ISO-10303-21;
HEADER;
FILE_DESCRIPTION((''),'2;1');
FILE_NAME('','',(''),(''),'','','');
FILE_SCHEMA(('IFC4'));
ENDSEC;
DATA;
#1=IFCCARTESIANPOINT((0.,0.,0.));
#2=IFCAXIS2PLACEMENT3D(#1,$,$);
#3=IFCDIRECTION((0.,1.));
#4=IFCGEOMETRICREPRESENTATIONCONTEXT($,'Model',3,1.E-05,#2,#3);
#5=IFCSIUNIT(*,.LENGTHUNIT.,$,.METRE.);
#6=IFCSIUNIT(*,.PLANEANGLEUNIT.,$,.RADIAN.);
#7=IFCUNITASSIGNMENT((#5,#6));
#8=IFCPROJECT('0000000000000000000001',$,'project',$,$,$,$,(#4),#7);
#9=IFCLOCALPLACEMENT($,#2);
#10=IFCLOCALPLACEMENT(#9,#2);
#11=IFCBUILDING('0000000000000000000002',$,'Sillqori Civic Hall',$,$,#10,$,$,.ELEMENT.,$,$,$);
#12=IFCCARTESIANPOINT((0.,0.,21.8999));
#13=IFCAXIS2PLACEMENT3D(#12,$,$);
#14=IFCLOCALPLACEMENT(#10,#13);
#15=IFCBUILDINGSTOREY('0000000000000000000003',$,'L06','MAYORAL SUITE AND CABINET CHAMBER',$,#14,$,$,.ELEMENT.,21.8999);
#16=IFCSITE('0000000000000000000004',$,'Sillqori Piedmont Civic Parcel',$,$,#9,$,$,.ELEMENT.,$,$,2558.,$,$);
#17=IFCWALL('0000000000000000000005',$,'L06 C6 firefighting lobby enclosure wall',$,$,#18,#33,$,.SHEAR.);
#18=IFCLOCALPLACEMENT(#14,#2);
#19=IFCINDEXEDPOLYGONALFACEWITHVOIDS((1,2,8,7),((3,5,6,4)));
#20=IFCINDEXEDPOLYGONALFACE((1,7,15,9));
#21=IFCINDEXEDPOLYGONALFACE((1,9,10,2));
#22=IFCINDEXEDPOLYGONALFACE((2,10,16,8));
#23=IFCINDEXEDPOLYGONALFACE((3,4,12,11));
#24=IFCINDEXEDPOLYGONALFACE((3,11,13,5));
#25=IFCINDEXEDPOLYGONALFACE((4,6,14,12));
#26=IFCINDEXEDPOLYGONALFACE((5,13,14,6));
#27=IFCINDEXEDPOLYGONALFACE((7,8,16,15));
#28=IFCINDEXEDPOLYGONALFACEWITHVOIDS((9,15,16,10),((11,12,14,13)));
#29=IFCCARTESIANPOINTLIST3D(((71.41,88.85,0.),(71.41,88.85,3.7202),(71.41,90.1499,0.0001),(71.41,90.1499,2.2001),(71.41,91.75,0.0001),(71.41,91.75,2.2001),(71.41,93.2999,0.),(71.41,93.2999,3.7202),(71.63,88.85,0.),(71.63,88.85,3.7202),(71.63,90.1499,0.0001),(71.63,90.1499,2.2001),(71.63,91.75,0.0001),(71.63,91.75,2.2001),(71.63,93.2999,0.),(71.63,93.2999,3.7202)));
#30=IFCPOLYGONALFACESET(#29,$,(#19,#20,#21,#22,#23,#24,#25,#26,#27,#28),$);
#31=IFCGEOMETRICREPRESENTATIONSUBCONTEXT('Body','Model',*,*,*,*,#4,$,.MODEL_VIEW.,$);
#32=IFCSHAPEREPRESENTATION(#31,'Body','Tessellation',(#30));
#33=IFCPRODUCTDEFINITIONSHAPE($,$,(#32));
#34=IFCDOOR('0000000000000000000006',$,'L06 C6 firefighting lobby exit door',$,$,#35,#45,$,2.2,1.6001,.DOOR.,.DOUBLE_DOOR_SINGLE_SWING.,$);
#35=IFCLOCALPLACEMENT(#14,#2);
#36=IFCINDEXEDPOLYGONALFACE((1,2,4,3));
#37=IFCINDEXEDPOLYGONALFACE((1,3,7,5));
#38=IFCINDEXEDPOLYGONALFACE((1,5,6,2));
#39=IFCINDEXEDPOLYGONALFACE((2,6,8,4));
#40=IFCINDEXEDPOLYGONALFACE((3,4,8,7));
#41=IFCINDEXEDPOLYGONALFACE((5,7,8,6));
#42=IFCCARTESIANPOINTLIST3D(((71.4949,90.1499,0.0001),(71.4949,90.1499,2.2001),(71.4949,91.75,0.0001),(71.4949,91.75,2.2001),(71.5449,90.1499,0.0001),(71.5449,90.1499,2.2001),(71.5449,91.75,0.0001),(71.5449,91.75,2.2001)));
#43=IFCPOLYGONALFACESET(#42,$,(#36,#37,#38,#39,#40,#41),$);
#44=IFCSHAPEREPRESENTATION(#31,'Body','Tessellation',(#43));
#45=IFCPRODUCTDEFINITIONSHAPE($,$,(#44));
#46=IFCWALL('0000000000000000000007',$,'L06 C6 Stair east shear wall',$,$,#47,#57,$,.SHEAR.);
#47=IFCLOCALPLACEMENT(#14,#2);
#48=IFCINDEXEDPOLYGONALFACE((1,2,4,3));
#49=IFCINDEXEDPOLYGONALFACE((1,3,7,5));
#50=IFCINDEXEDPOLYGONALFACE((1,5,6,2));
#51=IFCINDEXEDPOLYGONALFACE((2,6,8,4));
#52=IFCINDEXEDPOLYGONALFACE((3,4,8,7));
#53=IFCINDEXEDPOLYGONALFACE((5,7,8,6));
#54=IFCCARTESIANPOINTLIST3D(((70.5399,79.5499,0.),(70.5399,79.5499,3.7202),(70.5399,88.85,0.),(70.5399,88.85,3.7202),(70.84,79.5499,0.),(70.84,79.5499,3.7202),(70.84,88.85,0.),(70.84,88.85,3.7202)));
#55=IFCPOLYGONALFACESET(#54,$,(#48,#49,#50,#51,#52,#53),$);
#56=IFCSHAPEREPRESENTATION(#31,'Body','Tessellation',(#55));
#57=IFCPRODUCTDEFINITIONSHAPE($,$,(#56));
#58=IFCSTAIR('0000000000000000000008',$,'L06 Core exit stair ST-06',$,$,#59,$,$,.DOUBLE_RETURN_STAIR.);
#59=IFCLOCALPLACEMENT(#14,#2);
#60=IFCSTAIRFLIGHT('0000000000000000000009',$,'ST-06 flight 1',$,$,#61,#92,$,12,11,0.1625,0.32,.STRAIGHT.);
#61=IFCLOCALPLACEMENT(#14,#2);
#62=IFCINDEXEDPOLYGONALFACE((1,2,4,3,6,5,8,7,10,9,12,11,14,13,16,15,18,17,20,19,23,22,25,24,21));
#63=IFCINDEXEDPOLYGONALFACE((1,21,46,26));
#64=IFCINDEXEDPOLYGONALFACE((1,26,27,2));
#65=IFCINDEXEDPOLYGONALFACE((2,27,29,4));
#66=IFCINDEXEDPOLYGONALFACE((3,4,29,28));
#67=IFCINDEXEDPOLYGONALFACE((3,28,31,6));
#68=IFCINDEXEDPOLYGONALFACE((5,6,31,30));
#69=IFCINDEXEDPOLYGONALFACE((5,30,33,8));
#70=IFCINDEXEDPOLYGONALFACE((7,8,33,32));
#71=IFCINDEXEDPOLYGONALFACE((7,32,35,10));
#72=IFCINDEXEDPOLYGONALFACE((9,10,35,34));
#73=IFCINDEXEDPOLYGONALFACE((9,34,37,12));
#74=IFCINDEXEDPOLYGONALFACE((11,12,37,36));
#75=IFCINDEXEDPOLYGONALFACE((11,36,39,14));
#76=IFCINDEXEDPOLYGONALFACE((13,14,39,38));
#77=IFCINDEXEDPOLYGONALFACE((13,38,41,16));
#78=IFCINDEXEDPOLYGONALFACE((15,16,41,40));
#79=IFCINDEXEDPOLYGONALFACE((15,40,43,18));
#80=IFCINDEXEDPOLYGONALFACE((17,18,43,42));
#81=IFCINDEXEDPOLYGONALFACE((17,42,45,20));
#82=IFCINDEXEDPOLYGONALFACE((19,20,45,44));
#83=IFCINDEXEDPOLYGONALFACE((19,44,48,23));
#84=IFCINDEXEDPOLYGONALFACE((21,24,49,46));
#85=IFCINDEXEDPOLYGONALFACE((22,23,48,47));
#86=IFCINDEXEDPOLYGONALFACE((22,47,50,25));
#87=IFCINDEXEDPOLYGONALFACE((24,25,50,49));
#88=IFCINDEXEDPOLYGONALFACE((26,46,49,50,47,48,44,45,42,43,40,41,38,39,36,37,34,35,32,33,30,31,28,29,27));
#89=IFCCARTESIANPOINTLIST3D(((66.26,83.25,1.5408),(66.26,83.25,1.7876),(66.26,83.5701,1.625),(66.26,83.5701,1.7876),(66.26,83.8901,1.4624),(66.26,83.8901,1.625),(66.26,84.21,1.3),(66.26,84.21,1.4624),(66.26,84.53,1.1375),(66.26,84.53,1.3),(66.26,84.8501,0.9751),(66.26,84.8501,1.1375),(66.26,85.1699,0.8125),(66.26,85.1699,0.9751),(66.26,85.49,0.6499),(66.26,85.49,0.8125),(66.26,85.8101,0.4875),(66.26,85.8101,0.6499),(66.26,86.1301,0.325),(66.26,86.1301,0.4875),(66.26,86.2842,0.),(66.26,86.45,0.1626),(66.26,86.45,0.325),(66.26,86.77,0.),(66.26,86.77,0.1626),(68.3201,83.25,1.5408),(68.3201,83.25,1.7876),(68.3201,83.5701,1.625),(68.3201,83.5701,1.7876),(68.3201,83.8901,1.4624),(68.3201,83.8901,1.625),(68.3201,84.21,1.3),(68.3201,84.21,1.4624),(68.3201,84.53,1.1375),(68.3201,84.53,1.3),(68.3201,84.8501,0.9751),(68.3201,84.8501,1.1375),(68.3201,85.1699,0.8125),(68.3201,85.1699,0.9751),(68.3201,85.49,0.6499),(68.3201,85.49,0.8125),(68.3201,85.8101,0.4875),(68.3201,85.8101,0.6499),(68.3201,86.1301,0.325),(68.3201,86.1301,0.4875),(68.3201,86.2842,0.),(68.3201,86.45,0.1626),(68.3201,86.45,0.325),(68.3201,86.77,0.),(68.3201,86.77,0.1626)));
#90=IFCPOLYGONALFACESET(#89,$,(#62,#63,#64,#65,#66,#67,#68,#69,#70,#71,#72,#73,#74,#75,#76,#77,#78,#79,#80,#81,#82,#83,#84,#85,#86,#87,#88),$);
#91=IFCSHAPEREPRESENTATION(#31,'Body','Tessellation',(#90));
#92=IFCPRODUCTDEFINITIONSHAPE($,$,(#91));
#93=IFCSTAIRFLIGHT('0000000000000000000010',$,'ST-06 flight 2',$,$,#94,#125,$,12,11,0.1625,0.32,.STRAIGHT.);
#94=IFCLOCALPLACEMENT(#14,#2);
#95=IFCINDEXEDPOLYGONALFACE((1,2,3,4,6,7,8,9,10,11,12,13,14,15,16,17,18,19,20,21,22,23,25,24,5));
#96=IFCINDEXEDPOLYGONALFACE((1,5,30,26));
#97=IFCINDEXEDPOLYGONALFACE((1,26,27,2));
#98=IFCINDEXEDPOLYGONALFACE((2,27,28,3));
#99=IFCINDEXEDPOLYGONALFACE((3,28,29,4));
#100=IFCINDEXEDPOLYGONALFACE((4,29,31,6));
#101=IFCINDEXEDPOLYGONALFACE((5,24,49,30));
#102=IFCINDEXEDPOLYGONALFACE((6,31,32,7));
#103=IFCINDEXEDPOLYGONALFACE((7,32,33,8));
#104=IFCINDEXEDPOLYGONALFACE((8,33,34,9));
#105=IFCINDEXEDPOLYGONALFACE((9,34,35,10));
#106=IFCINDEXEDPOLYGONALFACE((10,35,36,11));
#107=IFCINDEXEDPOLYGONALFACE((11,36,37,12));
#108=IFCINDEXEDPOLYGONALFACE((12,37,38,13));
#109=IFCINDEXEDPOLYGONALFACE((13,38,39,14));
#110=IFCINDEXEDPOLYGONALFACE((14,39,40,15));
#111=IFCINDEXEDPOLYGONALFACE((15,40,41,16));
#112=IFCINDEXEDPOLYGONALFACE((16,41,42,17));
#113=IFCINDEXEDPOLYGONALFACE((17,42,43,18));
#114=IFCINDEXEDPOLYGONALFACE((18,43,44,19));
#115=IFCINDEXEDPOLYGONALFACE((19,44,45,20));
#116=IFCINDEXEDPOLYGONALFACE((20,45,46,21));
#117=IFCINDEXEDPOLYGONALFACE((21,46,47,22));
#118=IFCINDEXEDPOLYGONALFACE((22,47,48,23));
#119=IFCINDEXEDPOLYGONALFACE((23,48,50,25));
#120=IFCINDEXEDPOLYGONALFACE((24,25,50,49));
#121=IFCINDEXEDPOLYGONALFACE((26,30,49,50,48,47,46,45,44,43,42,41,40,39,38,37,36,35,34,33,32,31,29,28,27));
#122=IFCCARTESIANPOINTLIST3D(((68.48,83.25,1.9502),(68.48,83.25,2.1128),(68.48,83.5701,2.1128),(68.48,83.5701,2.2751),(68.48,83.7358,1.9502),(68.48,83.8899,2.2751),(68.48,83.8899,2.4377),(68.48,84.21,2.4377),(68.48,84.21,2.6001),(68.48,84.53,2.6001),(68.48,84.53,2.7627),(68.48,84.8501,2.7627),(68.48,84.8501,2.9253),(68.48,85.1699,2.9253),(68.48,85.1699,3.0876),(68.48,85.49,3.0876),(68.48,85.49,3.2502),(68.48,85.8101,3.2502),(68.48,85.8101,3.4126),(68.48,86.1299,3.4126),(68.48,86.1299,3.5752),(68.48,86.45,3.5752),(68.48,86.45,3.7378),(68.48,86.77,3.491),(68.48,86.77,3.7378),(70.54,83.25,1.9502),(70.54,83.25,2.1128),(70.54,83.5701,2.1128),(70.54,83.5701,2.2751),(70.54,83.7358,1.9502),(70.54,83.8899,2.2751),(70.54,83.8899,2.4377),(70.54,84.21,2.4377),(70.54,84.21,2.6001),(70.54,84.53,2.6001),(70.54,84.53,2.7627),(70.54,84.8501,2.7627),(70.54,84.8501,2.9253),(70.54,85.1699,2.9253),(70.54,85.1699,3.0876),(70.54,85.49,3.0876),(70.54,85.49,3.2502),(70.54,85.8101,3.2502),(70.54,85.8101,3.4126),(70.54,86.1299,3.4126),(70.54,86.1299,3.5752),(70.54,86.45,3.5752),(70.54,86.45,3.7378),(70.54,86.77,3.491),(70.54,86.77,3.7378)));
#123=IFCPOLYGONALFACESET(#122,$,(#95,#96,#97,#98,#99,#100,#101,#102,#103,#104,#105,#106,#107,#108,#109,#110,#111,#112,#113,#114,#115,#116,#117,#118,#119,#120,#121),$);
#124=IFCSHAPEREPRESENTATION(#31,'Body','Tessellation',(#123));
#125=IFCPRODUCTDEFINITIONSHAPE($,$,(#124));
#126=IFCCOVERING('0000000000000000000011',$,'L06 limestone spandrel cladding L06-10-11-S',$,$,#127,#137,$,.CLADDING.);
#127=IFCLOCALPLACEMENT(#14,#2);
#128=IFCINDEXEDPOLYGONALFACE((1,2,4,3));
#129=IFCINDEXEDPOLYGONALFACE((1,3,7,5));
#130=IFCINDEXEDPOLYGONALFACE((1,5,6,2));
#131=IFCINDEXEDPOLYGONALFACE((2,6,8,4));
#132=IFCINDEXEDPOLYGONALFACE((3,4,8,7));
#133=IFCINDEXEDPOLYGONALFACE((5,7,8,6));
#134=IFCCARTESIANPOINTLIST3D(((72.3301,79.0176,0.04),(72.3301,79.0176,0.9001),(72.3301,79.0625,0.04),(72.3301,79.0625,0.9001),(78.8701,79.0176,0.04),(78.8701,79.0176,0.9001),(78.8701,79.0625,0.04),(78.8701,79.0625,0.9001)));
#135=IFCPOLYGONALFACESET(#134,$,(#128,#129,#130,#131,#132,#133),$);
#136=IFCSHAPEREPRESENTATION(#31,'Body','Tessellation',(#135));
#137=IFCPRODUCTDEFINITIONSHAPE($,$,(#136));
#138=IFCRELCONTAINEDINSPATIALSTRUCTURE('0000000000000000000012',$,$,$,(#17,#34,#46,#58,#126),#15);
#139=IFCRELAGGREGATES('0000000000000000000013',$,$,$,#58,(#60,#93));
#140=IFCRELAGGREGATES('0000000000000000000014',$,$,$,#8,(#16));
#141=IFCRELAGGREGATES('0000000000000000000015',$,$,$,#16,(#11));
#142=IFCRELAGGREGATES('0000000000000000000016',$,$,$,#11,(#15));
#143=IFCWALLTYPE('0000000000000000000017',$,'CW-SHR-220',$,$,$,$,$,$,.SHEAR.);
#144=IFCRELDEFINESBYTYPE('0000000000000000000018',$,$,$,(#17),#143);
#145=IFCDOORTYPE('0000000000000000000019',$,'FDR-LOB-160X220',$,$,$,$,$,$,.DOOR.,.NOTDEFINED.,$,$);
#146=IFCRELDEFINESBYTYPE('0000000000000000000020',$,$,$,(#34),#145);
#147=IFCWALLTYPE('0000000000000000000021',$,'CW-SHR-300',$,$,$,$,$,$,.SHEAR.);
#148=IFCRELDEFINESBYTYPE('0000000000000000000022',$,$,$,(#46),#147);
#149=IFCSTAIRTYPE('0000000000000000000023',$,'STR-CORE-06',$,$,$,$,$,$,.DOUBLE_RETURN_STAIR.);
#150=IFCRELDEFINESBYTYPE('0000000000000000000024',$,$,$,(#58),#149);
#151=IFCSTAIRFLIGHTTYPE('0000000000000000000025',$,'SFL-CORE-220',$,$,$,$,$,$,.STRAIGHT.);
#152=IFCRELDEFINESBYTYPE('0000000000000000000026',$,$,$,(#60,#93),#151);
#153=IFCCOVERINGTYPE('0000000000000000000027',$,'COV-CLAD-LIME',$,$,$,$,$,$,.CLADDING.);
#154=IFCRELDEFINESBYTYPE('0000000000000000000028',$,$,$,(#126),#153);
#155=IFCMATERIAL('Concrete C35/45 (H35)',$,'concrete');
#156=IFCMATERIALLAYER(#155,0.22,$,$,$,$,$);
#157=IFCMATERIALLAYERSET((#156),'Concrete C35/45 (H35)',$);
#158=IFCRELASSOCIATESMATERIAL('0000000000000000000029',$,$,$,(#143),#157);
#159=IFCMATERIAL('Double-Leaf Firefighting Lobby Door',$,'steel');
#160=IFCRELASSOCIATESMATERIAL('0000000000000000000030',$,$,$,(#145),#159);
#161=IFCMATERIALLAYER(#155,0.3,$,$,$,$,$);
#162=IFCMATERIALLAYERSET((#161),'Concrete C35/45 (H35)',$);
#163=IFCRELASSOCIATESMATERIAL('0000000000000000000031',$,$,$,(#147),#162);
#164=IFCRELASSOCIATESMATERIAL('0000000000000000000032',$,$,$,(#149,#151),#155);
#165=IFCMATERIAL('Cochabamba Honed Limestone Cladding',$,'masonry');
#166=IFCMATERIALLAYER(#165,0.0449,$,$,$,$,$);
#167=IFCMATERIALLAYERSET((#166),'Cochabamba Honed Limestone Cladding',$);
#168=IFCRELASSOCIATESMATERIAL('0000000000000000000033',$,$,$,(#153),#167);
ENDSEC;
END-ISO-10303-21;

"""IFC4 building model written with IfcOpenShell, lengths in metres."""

from ifc_helpers import new_model, si_unit, direction, frame, frame_2d, origin, place, context, subcontext, project, spatial, polyline, rectangle, outline, extrude, material, layer, layer_set, type_object, element, fill, aggregate, save


model = new_model("IFC4")

# Units and contexts
model_context = context("Model", 3, precision=1e-05, world=origin(), true_north=direction((0.0, 1.0)))
body_context = subcontext(model_context, "Body", "Model", "MODEL_VIEW")
ifc_project = project(units=[si_unit("LENGTHUNIT", "METRE"), si_unit("PLANEANGLEUNIT", "RADIAN")], contexts=[model_context])

# Site, building, storey
site_placement = place(None, origin())
site = spatial("IfcSite", under=ifc_project, at=site_placement, Name="Sillqori Piedmont Civic Parcel", CompositionType="ELEMENT", RefElevation=2558.0)
building_placement = place(site_placement, origin())
building = spatial("IfcBuilding", under=site, at=building_placement, Name="Sillqori Civic Hall", CompositionType="ELEMENT")
storey_placement = place(building_placement, frame((0.0, 0.0, 21.8999)))
storey = spatial("IfcBuildingStorey", under=building, at=storey_placement, Name="L06", Description="MAYORAL SUITE AND CABINET CHAMBER", CompositionType="ELEMENT", Elevation=21.8999)

# Shared definitions
ifc_material_1 = material(Name="Concrete C35/45 (H35)", Category="concrete")

# Wall, opening, door
ifc_layer_1 = layer(ifc_material_1, 0.22)
ifc_layer_set_1 = layer_set([ifc_layer_1], Name="Concrete C35/45 (H35)")
wall_type_1 = type_object("IfcWallType", Name="CW-SHR-220", PredefinedType="SHEAR", material=ifc_layer_set_1)
wall_1_placement = place(storey_placement, frame((71.52, 93.3, 0.0), z_axis=(0.0, 0.0, 1.0), x_axis=(0.0, -1.0, 0.0)))
wall_1 = element("IfcWall", 1, at=wall_1_placement, inside=storey, type_object=wall_type_1, Name="L06 C6 firefighting lobby enclosure wall", PredefinedType="SHEAR", context=body_context, shape_type="SweptSolid", body=[
    extrude(rectangle(XDim=4.45, YDim=0.22, at=frame_2d((2.2251, 0.0))), origin(), (0.0, 0.0, 1.0), 3.7202),
])
opening_1_placement = place(wall_1_placement, frame((1.55, 0.0, 0.0)))
opening_1 = element("IfcOpeningElement", 2, at=opening_1_placement, cuts=wall_1, PredefinedType="OPENING", context=body_context, shape_type="SweptSolid", body=[
    extrude(rectangle(XDim=1.6001, YDim=2.2, at=frame_2d((0.8, 1.1001))), frame((0.0, 0.1199, 0.0), z_axis=(0.0, -1.0, 0.0), x_axis=(1.0, 0.0, 0.0)), (0.0, 0.0, 1.0), 0.24),
])
ifc_material_2 = material(Name="Double-Leaf Firefighting Lobby Door", Category="steel")
door_type_1 = type_object("IfcDoorType", Name="FDR-LOB-160X220", OperationType="NOTDEFINED", PredefinedType="DOOR", material=ifc_material_2)
door_1_placement = place(opening_1_placement, origin())
door_1 = element("IfcDoor", 3, at=door_1_placement, inside=storey, type_object=door_type_1, Name="L06 C6 firefighting lobby exit door", OperationType="DOUBLE_DOOR_SINGLE_SWING", OverallHeight=2.2, OverallWidth=1.6001, PredefinedType="DOOR", context=body_context, shape_type="SweptSolid", body=[
    extrude(rectangle(XDim=1.6001, YDim=2.2, at=frame_2d((0.8, 1.1001))), frame((0.0, 0.0249, 0.0), z_axis=(0.0, -1.0, 0.0), x_axis=(1.0, 0.0, 0.0)), (0.0, 0.0, 1.0), 0.05),
])
fill(opening_1, door_1)

# Wall
ifc_layer_2 = layer(ifc_material_1, 0.3)
ifc_layer_set_2 = layer_set([ifc_layer_2], Name="Concrete C35/45 (H35)")
wall_type_2 = type_object("IfcWallType", Name="CW-SHR-300", PredefinedType="SHEAR", material=ifc_layer_set_2)
wall_2_placement = place(storey_placement, frame((70.6899, 79.55, 0.0), z_axis=(0.0, 0.0, 1.0), x_axis=(0.0, 1.0, 0.0)))
element("IfcWall", 4, at=wall_2_placement, inside=storey, type_object=wall_type_2, Name="L06 C6 Stair east shear wall", PredefinedType="SHEAR", context=body_context, shape_type="SweptSolid", body=[
    extrude(rectangle(XDim=9.3, YDim=0.3, at=frame_2d((4.6499, 0.0))), origin(), (0.0, 0.0, 1.0), 3.7202),
])

# Stair, stair flights
stair_type = type_object("IfcStairType", Name="STR-CORE-06", PredefinedType="DOUBLE_RETURN_STAIR", material=ifc_material_1)
stair_placement = place(storey_placement, origin())
stair = element("IfcStair", 5, at=stair_placement, inside=storey, type_object=stair_type, Name="L06 Core exit stair ST-06", PredefinedType="DOUBLE_RETURN_STAIR")
stair_flight_type = type_object("IfcStairFlightType", Name="SFL-CORE-220", PredefinedType="STRAIGHT", material=ifc_material_1)
stair_flight_1_placement = place(storey_placement, frame((67.29, 86.77, 0.0), z_axis=(0.0, 0.0, 1.0), x_axis=(0.0, -1.0, 0.0)))
stair_flight_1 = element("IfcStairFlight", 6, at=stair_flight_1_placement, type_object=stair_flight_type, Name="ST-06 flight 1", NumberOfRisers=12, NumberOfTreads=11, PredefinedType="STRAIGHT", RiserHeight=0.1625, TreadLength=0.32, context=body_context, shape_type="SweptSolid", body=[
    extrude(outline(polyline([(0.0, 0.0), (0.0, 0.1626), (0.3201, 0.1626), (0.3201, 0.325), (0.6399, 0.325), (0.6399, 0.4875), (0.96, 0.4875), (0.96, 0.6499), (1.28, 0.6499), (1.28, 0.8125), (1.6001, 0.8125), (1.6001, 0.9751), (1.9199, 0.9751), (1.9199, 1.1375), (2.24, 1.1375), (2.24, 1.3), (2.5601, 1.3), (2.5601, 1.4624), (2.8799, 1.4624), (2.8799, 1.625), (3.2, 1.625), (3.2, 1.7876), (3.52, 1.7876), (3.52, 1.95), (3.52, 1.5408), (0.4858, 0.0), (0.0, 0.0)])), frame((0.0, 1.03, 0.0), z_axis=(0.0, -1.0, 0.0), x_axis=(1.0, 0.0, 0.0)), (0.0, 0.0, 1.0), 2.0601),
])
stair_flight_2_placement = place(storey_placement, frame((69.51, 83.25, 1.9502), z_axis=(0.0, 0.0, 1.0), x_axis=(0.0, 1.0, 0.0)))
stair_flight_2 = element("IfcStairFlight", 7, at=stair_flight_2_placement, type_object=stair_flight_type, Name="ST-06 flight 2", NumberOfRisers=12, NumberOfTreads=11, PredefinedType="STRAIGHT", RiserHeight=0.1625, TreadLength=0.32, context=body_context, shape_type="SweptSolid", body=[
    extrude(outline(polyline([(0.0, 0.0), (0.0, 0.1626), (0.3201, 0.1626), (0.3201, 0.325), (0.6399, 0.325), (0.6399, 0.4875), (0.96, 0.4875), (0.96, 0.6499), (1.28, 0.6499), (1.28, 0.8125), (1.6001, 0.8125), (1.6001, 0.9751), (1.9199, 0.9751), (1.9199, 1.1375), (2.24, 1.1375), (2.24, 1.3), (2.5601, 1.3), (2.5601, 1.4624), (2.8799, 1.4624), (2.8799, 1.625), (3.2, 1.625), (3.2, 1.7876), (3.52, 1.7876), (3.52, 1.95), (3.52, 1.5408), (0.4858, 0.0), (0.0, 0.0)])), frame((0.0, 1.03, 0.0), z_axis=(0.0, -1.0, 0.0), x_axis=(1.0, 0.0, 0.0)), (0.0, 0.0, 1.0), 2.0601),
])
aggregate(stair, [stair_flight_1, stair_flight_2])

# Covering
ifc_material_3 = material(Name="Cochabamba Honed Limestone Cladding", Category="masonry")
ifc_layer_3 = layer(ifc_material_3, 0.0449)
ifc_layer_set_3 = layer_set([ifc_layer_3], Name="Cochabamba Honed Limestone Cladding")
covering_type = type_object("IfcCoveringType", Name="COV-CLAD-LIME", PredefinedType="CLADDING", material=ifc_layer_set_3)
covering_placement = place(storey_placement, frame((78.8701, 79.04, 0.04), z_axis=(0.0, 0.0, 1.0), x_axis=(-1.0, 0.0, 0.0)))
element("IfcCovering", 8, at=covering_placement, inside=storey, type_object=covering_type, Name="L06 limestone spandrel cladding L06-10-11-S", PredefinedType="CLADDING", context=body_context, shape_type="SweptSolid", body=[
    extrude(rectangle(XDim=6.54, YDim=0.0449, at=frame_2d((3.27, 0.0))), origin(), (0.0, 0.0, 1.0), 0.8601),
])

save(model, "model.ifc")
